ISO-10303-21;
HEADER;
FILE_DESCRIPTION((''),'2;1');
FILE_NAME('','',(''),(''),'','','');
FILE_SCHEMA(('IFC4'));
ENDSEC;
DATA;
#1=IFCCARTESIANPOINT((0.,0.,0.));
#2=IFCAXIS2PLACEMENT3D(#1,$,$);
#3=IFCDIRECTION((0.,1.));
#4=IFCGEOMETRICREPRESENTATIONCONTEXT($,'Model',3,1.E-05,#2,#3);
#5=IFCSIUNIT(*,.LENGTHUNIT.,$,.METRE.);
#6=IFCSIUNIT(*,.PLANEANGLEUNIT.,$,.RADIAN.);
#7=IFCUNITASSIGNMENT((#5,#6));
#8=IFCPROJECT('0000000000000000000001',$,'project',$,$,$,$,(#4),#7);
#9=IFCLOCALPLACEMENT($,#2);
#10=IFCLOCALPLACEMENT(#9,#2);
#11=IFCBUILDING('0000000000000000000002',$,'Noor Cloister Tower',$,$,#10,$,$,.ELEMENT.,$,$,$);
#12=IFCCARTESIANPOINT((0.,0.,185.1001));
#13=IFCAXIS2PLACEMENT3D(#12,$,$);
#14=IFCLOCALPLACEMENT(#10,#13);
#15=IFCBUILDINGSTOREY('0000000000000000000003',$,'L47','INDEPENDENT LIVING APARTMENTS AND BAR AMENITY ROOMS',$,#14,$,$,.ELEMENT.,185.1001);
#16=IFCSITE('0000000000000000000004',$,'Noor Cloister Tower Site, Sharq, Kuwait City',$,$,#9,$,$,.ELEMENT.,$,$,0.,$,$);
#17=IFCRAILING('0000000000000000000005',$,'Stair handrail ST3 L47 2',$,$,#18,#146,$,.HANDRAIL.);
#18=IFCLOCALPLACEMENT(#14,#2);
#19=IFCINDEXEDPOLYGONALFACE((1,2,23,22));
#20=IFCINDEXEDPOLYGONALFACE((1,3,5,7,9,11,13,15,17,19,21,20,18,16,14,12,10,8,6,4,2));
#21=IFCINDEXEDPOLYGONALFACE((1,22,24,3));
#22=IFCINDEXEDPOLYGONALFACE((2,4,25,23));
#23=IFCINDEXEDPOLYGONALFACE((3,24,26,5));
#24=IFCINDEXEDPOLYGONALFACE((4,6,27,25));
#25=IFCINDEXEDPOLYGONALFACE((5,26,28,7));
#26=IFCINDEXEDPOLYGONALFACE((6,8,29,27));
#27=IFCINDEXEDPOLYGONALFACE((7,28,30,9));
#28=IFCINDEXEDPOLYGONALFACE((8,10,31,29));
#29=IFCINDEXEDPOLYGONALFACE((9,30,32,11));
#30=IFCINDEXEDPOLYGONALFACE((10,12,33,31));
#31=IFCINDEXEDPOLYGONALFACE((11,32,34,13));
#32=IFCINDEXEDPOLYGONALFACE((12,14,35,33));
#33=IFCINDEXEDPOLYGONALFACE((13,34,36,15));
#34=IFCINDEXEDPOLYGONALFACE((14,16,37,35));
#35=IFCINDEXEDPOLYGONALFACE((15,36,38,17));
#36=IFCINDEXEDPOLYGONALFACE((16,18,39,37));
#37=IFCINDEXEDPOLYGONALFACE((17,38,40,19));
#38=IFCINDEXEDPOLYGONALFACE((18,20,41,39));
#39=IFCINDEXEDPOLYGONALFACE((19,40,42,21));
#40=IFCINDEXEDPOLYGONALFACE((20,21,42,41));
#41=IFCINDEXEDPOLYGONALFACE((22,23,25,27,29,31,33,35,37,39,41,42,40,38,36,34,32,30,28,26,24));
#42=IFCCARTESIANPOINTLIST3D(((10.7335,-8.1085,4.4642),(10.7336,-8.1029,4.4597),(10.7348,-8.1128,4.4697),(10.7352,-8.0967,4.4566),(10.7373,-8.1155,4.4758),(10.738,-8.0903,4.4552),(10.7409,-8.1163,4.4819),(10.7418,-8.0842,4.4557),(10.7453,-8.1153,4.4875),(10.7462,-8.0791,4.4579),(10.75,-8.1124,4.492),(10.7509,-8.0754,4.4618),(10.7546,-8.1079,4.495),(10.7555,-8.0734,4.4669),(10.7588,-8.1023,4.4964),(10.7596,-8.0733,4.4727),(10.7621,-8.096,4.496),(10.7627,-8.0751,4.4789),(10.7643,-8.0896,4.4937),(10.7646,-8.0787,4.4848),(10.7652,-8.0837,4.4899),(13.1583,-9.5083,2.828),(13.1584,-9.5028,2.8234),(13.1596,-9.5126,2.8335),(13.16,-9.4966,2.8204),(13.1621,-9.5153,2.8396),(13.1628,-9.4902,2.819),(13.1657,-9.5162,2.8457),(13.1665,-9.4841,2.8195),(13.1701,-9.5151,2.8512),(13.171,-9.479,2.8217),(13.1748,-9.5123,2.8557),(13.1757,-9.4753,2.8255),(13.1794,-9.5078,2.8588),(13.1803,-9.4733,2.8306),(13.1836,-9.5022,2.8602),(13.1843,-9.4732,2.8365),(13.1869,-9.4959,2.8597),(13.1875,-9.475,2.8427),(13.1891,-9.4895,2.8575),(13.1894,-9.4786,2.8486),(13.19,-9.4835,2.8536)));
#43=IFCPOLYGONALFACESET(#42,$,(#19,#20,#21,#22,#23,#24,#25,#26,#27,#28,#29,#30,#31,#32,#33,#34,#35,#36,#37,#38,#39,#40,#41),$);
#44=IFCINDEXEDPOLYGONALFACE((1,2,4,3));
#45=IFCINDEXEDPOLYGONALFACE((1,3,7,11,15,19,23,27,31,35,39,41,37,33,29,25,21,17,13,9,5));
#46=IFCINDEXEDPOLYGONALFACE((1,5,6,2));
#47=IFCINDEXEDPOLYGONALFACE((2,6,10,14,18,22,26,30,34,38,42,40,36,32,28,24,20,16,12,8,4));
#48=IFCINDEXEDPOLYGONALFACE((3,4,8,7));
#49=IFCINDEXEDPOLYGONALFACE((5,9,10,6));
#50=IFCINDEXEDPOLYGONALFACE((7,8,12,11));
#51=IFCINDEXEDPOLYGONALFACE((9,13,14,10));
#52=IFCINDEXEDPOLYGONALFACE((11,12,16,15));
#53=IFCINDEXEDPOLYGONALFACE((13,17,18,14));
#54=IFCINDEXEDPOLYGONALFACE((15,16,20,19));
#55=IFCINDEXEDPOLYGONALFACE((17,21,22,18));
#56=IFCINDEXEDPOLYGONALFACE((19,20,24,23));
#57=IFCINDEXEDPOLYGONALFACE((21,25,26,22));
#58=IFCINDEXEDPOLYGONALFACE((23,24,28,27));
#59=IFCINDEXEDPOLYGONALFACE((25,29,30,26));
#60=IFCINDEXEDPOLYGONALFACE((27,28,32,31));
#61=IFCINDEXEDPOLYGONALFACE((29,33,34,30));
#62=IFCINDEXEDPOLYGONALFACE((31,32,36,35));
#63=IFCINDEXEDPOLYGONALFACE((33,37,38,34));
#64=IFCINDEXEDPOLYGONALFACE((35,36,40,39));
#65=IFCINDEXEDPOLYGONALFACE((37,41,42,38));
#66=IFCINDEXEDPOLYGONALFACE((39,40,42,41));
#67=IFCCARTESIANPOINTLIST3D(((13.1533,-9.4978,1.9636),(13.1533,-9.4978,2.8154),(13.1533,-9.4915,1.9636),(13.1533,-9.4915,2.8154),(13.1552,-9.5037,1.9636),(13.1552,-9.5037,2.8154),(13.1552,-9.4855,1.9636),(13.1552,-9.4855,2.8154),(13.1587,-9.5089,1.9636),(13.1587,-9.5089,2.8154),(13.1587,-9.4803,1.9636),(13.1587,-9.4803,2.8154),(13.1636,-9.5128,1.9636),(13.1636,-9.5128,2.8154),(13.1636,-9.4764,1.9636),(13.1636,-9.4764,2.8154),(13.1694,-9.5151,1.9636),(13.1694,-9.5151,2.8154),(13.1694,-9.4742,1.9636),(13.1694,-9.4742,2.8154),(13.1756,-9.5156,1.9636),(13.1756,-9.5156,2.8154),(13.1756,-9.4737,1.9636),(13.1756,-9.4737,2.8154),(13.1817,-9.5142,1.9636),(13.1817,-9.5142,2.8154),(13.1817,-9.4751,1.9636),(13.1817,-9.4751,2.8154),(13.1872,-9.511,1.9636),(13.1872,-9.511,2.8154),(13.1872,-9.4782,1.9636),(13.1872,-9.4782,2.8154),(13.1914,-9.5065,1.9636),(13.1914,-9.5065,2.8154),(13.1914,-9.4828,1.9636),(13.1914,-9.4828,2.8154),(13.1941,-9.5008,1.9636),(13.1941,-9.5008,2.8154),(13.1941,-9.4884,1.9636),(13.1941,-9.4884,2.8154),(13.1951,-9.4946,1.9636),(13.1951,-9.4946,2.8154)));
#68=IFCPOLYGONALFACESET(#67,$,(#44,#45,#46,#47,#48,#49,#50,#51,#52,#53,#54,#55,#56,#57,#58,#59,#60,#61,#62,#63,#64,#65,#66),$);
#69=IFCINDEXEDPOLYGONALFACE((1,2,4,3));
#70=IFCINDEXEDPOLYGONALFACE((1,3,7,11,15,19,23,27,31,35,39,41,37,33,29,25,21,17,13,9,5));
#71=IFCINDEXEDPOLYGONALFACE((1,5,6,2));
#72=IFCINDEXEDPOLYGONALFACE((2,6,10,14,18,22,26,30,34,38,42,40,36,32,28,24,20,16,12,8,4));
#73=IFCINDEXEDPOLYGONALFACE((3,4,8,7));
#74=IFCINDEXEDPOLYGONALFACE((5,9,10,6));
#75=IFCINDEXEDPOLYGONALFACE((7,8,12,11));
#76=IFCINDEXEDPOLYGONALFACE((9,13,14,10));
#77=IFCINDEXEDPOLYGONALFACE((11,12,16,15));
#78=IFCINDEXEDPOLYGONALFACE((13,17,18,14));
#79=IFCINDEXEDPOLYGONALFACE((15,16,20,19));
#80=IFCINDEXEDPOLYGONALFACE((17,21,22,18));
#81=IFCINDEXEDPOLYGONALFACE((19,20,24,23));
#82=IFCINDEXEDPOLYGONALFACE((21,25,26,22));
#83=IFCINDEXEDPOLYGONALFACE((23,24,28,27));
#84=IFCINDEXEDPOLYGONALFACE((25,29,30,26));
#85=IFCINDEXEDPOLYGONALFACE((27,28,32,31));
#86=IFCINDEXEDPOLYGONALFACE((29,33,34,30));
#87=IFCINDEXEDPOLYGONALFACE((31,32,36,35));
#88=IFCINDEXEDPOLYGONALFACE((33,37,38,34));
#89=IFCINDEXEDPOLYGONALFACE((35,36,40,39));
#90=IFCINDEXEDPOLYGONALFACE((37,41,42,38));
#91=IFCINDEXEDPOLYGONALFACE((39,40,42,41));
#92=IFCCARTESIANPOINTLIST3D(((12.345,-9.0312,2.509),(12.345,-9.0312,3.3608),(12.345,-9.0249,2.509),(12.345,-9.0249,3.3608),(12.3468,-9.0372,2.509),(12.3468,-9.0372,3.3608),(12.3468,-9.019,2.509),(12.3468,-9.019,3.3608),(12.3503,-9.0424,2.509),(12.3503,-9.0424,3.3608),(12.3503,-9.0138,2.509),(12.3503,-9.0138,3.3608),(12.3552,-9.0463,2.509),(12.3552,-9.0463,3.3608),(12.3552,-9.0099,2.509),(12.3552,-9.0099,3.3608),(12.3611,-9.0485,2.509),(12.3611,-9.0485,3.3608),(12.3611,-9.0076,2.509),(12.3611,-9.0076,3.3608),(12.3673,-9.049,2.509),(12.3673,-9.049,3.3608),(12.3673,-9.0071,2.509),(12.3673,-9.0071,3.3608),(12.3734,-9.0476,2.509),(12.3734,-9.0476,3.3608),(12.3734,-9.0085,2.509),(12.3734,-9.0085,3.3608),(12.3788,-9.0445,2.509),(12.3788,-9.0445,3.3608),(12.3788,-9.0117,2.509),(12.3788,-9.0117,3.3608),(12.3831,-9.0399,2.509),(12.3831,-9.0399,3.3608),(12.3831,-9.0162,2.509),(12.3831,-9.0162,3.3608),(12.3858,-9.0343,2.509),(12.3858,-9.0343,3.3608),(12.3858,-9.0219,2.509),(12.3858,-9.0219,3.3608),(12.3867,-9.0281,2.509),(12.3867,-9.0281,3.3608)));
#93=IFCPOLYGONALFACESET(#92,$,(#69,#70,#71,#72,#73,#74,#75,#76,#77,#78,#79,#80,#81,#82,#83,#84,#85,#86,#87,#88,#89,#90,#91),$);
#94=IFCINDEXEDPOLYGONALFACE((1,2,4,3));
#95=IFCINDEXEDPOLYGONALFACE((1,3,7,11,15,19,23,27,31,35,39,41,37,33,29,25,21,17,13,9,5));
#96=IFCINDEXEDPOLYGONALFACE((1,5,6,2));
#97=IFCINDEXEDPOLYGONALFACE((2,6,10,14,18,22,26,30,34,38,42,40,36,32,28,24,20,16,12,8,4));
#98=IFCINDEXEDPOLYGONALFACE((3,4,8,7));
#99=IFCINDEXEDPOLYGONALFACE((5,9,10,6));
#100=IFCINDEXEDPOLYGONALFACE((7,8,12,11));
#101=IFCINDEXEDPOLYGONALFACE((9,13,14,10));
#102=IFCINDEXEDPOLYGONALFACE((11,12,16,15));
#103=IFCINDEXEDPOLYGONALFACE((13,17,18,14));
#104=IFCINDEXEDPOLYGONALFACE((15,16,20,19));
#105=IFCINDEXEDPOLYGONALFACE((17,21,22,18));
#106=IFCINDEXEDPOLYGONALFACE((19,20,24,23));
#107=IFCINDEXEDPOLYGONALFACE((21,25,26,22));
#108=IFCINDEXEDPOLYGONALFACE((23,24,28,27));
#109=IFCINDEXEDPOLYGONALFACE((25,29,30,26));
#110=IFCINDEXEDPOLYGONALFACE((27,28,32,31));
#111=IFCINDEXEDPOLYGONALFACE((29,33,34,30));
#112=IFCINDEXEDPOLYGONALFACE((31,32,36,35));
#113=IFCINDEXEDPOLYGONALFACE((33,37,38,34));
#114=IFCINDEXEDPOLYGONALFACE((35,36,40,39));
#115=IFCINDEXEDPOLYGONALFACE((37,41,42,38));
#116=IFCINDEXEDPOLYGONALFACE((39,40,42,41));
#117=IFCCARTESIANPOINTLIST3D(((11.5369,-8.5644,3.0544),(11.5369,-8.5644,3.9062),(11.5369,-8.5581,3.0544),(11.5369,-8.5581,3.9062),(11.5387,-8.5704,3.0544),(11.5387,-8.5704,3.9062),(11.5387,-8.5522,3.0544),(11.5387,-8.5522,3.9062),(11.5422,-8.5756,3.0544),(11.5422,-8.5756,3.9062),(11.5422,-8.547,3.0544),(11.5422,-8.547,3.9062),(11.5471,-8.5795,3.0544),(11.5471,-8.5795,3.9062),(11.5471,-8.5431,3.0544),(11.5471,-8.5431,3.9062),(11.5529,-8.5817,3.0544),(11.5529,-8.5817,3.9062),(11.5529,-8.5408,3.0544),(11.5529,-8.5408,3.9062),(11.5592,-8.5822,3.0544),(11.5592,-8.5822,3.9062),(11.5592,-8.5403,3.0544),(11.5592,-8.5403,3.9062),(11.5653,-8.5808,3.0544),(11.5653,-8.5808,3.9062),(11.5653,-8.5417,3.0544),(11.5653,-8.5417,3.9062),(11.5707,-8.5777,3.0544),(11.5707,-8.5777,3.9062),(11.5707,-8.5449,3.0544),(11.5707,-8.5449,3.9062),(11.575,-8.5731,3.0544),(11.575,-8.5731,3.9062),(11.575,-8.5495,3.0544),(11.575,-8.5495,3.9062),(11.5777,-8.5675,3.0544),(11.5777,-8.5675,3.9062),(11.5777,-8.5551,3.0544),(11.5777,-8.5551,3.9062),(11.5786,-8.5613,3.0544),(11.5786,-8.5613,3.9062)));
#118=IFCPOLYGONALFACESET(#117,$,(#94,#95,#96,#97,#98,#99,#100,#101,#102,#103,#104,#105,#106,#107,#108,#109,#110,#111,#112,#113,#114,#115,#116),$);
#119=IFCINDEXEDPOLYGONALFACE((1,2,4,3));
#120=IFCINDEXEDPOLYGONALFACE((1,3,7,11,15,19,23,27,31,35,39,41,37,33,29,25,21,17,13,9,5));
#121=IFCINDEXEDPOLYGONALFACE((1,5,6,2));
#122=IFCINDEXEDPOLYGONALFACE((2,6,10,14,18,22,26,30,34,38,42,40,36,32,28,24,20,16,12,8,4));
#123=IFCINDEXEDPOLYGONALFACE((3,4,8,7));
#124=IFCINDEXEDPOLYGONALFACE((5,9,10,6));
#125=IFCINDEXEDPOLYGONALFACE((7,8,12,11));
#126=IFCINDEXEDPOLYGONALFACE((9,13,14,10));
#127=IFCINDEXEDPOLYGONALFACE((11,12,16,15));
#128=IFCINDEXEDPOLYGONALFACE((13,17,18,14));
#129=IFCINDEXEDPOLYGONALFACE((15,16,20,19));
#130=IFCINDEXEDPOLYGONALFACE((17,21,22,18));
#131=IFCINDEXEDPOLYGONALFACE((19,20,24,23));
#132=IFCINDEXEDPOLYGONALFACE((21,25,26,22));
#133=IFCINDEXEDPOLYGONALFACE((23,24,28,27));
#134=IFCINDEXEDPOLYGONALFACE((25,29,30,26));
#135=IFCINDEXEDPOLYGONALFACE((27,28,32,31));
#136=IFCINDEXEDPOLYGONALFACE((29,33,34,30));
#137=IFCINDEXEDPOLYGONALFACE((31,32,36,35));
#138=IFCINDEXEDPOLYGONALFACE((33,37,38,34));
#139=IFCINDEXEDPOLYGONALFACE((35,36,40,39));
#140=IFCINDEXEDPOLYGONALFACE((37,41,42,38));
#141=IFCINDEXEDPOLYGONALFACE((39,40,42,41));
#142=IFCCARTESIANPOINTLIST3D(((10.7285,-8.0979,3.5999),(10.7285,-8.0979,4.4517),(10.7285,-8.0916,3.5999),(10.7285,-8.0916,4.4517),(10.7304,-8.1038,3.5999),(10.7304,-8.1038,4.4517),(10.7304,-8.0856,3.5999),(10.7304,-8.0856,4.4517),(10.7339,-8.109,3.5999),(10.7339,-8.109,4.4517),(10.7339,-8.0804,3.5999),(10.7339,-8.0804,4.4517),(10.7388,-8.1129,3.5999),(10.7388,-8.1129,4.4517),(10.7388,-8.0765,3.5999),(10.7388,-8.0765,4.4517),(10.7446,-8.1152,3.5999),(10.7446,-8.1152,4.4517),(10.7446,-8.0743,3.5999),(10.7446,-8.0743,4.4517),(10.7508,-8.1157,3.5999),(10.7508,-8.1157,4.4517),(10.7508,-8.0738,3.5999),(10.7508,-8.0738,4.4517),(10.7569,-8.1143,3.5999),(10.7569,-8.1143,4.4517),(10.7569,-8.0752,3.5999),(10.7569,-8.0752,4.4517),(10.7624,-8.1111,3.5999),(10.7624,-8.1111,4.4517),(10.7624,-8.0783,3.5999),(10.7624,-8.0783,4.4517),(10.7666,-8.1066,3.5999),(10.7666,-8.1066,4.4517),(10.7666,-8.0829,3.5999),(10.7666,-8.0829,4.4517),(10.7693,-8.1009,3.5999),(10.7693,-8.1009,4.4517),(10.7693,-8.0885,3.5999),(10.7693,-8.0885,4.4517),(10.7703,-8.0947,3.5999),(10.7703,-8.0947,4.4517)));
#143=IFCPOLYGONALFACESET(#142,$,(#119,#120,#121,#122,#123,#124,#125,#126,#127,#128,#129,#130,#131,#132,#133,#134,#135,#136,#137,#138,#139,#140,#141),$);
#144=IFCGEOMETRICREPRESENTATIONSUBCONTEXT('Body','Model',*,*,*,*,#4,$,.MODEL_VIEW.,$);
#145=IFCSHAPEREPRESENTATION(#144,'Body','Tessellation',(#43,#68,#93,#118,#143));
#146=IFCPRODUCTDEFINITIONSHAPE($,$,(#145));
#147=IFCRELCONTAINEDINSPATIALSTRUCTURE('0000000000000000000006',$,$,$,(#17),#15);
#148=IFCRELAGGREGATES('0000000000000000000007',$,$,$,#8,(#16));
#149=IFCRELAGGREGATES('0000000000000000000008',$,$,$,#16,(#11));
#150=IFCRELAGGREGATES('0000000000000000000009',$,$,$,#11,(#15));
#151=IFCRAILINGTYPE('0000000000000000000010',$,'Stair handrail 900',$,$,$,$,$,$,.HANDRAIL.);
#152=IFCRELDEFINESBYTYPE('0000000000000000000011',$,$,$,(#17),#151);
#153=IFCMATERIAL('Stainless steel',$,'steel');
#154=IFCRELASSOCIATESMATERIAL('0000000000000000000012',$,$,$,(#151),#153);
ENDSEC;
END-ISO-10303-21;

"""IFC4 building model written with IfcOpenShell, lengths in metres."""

from ifc_helpers import new_model, si_unit, direction, frame, origin, origin_2d, place, context, subcontext, project, spatial, circle, extrude, material, type_object, element, save


model = new_model("IFC4")

# Units and contexts
model_context = context("Model", 3, precision=1e-05, world=origin(), true_north=direction((0.0, 1.0)))
body_context = subcontext(model_context, "Body", "Model", "MODEL_VIEW")
ifc_project = project(units=[si_unit("LENGTHUNIT", "METRE"), si_unit("PLANEANGLEUNIT", "RADIAN")], contexts=[model_context])

# Site, building, storey
site_placement = place(None, origin())
site = spatial("IfcSite", under=ifc_project, at=site_placement, Name="Noor Cloister Tower Site, Sharq, Kuwait City", CompositionType="ELEMENT", RefElevation=0.0)
building_placement = place(site_placement, origin())
building = spatial("IfcBuilding", under=site, at=building_placement, Name="Noor Cloister Tower", CompositionType="ELEMENT")
storey_placement = place(building_placement, frame((0.0, 0.0, 185.1001)))
storey = spatial("IfcBuildingStorey", under=building, at=storey_placement, Name="L47", Description="INDEPENDENT LIVING APARTMENTS AND BAR AMENITY ROOMS", CompositionType="ELEMENT", Elevation=185.1001)

# Railing
ifc_material_1 = material(Name="Stainless steel", Category="steel")
railing_type_1 = type_object("IfcRailingType", Name="Stair handrail 900", PredefinedType="HANDRAIL", material=ifc_material_1)
railing_1_placement = place(storey_placement, frame((13.1741, -9.4946, 1.9636)))
element("IfcRailing", 1, at=railing_1_placement, inside=storey, type_object=railing_type_1, Name="Stair handrail ST3 L47 2", PredefinedType="HANDRAIL", context=body_context, shape_type="SweptSolid", body=[
    extrude(circle(Radius=0.0239, at=origin_2d()), frame((0.0, 0.0, 0.876), z_axis=(-0.747718, 0.431677, 0.504552), x_axis=(-0.499984, -0.866035, 0.0)), (0.0, 0.0, 1.0), 3.2429),
    extrude(circle(Radius=0.021, at=origin_2d()), origin(), (0.0, 0.0, 1.0), 0.8518),
    extrude(circle(Radius=0.021, at=origin_2d()), frame((-0.8083, 0.4666, 0.5454)), (0.0, 0.0, 1.0), 0.8518),
    extrude(circle(Radius=0.021, at=origin_2d()), frame((-1.6165, 0.9333, 1.0908)), (0.0, 0.0, 1.0), 0.8518),
    extrude(circle(Radius=0.021, at=origin_2d()), frame((-2.4248, 1.3999, 1.6362)), (0.0, 0.0, 1.0), 0.8518),
])

save(model, "model.ifc")
